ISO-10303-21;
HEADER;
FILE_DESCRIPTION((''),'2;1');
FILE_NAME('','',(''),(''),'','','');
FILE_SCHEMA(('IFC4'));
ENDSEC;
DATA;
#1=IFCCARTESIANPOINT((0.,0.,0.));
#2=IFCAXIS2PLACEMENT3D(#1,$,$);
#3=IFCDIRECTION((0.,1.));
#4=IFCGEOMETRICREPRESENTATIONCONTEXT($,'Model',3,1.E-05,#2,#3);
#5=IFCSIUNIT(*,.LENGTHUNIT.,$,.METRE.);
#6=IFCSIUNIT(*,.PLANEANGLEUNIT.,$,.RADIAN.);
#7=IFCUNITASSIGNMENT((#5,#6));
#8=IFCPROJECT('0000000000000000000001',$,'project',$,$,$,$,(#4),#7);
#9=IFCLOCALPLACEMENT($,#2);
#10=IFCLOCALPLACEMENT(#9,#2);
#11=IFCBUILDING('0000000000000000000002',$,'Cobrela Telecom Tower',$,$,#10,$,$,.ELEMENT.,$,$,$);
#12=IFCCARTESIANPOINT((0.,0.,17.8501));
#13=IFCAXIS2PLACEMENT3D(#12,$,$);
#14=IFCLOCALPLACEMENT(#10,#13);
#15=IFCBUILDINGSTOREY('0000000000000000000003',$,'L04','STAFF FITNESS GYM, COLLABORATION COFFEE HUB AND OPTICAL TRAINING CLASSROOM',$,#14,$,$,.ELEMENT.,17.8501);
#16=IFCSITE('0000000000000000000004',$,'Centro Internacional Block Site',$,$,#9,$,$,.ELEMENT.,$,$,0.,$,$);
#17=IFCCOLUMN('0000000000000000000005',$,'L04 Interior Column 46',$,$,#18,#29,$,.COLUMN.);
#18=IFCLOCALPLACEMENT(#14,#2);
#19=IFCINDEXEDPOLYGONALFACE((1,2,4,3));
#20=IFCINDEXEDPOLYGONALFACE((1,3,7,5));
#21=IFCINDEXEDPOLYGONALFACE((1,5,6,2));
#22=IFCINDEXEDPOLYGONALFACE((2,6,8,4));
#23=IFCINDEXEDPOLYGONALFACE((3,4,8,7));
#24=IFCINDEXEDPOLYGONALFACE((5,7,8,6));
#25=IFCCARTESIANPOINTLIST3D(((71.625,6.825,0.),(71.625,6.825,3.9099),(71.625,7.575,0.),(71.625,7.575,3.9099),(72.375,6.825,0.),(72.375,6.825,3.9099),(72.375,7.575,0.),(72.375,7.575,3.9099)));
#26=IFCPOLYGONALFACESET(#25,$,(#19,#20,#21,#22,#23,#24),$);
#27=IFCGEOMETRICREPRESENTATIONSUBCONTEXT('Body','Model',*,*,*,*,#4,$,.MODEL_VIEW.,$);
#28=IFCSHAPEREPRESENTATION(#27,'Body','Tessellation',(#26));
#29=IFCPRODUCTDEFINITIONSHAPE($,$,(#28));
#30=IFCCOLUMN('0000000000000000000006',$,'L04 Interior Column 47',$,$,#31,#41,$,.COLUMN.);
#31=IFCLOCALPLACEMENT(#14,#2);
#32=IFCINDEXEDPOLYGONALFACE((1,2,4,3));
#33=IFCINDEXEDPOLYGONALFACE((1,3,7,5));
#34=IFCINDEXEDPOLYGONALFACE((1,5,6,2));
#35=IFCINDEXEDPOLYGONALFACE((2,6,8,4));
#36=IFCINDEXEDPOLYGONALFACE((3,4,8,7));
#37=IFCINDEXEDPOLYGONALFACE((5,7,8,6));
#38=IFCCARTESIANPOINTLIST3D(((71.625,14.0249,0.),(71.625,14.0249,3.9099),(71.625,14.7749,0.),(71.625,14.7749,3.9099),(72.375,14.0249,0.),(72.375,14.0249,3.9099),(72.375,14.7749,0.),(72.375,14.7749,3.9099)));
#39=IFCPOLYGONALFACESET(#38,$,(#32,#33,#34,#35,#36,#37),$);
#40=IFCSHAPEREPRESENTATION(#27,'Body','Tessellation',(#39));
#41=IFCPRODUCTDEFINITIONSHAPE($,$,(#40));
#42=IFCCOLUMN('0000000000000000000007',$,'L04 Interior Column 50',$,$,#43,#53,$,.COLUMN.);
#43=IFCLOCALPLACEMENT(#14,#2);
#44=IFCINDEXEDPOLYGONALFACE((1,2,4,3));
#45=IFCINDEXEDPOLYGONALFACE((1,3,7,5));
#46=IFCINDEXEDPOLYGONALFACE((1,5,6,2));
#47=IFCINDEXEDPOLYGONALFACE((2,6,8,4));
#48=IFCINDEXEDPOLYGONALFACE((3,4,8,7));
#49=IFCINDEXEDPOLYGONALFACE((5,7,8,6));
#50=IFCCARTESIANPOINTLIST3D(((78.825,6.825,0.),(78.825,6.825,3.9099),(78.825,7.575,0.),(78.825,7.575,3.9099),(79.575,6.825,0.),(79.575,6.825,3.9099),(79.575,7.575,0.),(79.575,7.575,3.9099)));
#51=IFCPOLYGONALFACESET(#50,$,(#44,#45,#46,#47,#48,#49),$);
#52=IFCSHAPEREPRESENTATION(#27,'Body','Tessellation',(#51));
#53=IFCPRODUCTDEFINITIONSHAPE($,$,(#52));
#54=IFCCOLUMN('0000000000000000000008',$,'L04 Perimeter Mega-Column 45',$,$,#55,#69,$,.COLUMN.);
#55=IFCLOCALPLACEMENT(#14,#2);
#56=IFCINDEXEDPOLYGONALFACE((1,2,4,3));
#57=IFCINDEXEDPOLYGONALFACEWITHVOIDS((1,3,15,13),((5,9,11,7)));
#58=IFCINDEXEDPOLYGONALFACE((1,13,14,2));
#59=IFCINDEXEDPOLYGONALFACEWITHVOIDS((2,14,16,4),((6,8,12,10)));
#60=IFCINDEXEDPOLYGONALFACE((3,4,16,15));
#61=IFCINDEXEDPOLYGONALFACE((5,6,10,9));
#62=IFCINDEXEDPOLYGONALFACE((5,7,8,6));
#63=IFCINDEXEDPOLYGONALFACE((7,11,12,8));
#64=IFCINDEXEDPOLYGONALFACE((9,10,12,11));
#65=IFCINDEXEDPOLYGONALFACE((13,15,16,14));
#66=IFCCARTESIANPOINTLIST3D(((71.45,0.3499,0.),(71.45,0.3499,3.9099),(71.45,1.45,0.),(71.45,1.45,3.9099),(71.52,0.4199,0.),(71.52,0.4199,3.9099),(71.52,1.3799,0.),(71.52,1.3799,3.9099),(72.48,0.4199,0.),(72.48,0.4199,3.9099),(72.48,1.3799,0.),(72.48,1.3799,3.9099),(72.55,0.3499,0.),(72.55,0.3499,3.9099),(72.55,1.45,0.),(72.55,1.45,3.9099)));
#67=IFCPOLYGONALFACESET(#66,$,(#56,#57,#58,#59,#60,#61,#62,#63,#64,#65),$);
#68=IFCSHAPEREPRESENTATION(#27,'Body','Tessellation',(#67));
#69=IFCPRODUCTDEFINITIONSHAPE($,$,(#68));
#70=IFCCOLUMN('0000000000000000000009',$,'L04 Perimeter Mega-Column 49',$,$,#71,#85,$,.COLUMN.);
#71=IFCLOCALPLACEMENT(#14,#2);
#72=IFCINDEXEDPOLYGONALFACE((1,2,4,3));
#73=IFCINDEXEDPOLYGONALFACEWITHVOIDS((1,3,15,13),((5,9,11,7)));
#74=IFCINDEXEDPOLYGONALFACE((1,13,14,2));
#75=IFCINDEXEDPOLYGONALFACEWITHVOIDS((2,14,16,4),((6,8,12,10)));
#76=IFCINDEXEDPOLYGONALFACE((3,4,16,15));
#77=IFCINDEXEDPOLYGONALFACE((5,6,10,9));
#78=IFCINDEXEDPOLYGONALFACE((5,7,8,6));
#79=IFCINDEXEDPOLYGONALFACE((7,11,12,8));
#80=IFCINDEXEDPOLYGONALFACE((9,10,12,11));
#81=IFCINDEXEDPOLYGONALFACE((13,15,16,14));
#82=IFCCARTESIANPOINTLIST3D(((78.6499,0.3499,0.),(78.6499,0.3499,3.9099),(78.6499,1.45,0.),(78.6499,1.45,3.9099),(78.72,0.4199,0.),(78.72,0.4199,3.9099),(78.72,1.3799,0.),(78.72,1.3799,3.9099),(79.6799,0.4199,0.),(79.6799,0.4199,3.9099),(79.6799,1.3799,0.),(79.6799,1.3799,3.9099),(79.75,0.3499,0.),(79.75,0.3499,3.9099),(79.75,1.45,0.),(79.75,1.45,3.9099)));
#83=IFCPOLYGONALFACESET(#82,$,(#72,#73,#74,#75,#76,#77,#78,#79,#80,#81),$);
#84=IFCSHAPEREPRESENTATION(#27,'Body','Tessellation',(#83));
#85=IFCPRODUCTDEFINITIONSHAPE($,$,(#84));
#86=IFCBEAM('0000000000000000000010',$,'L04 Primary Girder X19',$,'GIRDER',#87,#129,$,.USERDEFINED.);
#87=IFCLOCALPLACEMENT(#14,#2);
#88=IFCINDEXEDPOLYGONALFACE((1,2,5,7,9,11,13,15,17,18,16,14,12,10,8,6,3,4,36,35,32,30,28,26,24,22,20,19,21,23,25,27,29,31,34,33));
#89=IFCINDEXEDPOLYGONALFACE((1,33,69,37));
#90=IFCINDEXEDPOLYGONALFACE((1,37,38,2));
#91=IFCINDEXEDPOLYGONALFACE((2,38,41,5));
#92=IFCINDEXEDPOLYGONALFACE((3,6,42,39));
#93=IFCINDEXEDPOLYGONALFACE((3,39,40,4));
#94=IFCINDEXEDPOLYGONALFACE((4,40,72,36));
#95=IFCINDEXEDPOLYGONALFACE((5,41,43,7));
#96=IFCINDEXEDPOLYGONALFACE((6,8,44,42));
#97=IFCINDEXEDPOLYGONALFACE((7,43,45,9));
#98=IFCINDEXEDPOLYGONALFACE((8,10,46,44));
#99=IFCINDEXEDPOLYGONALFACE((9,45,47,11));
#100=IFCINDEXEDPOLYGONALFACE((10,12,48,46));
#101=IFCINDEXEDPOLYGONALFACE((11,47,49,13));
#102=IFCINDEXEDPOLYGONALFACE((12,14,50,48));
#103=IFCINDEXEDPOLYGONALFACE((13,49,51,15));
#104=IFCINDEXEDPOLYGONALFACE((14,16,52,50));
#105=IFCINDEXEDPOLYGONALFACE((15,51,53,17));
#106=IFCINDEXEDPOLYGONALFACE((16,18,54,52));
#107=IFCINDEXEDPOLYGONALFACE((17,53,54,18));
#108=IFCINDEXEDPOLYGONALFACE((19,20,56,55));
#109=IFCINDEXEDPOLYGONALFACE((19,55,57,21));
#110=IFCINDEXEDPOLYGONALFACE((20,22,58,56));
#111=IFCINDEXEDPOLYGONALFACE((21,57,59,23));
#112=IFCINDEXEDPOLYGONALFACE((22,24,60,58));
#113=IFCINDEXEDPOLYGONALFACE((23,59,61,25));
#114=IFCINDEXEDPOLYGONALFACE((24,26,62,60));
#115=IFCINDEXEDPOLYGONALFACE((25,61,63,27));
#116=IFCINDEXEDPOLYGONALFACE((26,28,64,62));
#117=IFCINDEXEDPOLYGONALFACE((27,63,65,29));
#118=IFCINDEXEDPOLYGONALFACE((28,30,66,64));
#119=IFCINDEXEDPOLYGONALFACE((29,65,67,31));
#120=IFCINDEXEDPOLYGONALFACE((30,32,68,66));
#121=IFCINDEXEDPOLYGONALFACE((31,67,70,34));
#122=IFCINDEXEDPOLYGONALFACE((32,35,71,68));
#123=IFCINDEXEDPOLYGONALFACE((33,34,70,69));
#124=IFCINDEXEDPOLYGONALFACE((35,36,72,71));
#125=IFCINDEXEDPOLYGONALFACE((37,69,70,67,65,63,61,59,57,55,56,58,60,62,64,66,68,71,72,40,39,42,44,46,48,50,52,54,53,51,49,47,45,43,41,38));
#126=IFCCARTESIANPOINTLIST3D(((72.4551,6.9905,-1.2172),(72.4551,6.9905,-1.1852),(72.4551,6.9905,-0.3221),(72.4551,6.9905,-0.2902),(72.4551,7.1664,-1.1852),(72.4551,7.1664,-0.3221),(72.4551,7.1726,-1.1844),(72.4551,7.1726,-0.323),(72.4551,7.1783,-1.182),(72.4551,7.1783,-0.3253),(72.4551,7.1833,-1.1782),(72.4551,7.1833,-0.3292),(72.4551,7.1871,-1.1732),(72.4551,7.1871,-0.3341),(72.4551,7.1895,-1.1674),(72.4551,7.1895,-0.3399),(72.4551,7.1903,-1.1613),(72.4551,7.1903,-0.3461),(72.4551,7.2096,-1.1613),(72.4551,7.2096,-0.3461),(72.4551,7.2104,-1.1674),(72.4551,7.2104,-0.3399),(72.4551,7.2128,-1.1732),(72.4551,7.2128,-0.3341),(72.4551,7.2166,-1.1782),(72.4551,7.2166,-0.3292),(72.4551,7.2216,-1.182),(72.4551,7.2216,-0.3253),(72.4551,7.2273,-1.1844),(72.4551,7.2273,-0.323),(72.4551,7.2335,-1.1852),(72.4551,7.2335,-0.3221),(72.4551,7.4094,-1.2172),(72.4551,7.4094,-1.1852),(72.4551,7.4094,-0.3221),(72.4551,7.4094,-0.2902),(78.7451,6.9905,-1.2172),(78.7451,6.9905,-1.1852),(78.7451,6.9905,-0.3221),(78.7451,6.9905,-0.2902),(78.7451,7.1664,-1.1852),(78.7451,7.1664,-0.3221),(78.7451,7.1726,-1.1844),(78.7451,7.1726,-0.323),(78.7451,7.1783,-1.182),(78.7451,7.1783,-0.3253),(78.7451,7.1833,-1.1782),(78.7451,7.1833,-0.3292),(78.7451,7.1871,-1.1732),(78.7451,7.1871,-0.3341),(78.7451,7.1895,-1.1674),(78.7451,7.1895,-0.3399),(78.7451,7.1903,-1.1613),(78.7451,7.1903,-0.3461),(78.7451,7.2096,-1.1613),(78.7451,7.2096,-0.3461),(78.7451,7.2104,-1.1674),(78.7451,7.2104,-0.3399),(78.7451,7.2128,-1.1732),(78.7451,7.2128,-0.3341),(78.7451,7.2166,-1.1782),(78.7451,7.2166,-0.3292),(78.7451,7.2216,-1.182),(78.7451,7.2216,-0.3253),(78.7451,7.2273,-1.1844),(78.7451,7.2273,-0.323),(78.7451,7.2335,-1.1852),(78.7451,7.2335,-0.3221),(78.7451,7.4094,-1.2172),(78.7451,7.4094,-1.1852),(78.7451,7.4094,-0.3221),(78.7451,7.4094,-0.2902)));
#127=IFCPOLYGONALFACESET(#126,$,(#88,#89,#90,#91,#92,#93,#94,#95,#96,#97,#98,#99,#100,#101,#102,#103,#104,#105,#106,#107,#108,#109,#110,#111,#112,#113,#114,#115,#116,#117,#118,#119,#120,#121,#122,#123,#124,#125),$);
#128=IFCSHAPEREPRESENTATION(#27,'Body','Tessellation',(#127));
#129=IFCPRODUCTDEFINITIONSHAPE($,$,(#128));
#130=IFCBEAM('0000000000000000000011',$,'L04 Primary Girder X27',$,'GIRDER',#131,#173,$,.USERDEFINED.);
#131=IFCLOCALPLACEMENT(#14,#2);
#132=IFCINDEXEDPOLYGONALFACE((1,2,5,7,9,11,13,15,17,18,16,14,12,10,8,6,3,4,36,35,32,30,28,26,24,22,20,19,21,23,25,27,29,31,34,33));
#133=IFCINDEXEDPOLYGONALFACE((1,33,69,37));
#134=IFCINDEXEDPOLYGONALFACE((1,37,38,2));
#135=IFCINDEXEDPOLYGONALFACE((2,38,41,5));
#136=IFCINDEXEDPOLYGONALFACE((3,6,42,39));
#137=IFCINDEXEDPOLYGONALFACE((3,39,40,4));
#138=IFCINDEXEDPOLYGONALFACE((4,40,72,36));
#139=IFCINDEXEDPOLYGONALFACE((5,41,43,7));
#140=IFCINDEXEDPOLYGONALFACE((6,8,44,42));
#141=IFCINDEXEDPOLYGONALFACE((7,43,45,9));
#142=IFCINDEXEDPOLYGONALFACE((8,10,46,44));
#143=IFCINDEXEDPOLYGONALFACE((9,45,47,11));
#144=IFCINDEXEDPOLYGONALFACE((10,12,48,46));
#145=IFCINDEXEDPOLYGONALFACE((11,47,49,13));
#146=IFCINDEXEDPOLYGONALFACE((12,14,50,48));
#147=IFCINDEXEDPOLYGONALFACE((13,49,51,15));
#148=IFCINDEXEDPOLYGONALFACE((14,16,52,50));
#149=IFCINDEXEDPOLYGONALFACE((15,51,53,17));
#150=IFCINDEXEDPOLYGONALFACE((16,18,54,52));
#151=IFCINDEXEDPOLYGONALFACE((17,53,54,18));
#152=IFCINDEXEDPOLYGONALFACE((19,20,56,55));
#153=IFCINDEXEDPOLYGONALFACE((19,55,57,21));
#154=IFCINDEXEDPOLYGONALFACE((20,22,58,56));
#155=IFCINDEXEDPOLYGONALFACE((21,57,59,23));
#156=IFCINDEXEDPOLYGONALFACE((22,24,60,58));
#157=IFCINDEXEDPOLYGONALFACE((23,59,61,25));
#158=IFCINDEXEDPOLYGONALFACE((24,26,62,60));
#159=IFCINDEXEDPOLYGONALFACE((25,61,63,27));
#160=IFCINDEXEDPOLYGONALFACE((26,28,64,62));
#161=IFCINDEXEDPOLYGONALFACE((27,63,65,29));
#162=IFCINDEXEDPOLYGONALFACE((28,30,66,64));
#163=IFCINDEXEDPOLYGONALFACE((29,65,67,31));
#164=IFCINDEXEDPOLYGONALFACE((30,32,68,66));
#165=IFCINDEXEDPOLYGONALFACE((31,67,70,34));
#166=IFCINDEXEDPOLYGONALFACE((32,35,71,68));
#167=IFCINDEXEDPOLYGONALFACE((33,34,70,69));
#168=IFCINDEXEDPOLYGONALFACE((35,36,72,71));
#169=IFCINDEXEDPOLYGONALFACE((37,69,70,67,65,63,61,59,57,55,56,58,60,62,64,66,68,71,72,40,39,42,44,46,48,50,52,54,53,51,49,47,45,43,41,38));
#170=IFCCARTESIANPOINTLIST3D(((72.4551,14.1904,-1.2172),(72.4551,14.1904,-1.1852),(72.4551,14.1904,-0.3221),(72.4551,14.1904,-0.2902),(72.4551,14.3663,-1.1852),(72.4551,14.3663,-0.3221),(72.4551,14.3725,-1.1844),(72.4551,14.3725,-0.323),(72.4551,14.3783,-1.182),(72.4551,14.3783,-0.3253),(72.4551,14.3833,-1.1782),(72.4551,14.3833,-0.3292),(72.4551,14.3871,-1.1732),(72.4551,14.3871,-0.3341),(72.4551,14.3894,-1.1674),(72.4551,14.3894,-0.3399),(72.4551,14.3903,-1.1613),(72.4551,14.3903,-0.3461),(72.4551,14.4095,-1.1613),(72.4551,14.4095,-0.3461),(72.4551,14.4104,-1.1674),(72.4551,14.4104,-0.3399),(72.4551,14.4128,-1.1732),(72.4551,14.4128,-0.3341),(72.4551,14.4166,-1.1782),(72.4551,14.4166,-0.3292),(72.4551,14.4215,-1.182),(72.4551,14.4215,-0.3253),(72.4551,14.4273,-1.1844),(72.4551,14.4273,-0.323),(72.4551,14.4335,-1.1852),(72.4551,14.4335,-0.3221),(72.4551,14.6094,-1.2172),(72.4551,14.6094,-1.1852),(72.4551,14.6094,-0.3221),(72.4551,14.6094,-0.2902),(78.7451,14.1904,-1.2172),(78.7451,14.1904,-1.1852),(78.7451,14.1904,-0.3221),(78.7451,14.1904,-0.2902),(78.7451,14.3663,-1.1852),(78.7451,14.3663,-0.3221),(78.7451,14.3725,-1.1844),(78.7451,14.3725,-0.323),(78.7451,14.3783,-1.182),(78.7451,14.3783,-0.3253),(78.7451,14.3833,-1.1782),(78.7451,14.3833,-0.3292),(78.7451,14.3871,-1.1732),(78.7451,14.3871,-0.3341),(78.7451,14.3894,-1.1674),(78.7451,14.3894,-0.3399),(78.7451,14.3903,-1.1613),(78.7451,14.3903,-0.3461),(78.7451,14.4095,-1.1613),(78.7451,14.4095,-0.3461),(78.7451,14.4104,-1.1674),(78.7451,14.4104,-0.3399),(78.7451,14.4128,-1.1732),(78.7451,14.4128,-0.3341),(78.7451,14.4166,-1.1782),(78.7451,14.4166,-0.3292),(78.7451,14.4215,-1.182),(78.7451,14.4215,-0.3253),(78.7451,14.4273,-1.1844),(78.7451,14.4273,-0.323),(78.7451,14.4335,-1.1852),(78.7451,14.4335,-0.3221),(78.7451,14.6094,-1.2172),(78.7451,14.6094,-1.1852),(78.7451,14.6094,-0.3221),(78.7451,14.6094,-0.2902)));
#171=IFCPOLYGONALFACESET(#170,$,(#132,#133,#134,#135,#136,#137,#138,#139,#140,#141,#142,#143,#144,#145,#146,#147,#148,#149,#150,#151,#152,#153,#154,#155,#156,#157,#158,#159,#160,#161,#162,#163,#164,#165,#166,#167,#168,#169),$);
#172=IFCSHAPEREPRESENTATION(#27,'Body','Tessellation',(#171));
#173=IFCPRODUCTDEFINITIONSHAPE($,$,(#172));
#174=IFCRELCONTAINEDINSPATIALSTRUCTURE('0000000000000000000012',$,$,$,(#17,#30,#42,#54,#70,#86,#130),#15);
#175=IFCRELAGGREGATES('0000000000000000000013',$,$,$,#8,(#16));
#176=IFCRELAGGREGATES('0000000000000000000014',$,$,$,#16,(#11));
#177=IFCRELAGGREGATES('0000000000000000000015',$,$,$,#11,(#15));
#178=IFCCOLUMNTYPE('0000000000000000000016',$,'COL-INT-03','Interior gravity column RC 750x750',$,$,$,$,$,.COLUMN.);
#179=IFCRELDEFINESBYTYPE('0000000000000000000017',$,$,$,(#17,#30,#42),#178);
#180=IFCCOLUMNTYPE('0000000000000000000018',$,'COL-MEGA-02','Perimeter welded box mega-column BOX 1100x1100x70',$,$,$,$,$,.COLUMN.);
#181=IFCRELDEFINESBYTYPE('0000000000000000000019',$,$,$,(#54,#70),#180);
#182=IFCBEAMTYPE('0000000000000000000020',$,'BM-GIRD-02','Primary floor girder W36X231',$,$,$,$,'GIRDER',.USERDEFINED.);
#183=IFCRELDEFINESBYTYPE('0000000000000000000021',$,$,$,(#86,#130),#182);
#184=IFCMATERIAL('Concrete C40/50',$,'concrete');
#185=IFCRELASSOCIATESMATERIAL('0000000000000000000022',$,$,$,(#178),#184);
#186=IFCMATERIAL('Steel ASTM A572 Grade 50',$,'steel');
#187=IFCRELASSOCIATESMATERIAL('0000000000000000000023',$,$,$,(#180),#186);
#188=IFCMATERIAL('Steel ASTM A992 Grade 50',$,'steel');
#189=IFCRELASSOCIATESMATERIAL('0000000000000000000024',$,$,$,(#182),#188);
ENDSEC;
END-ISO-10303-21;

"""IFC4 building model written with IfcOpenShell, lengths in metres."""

from ifc_helpers import new_model, si_unit, direction, frame, origin, origin_2d, place, context, subcontext, project, spatial, rectangle, hollow_rectangle, i_section, extrude, material, material_profile, profile_set, type_object, element, save


model = new_model("IFC4")

# Units and contexts
model_context = context("Model", 3, precision=1e-05, world=origin(), true_north=direction((0.0, 1.0)))
body_context = subcontext(model_context, "Body", "Model", "MODEL_VIEW")
ifc_project = project(units=[si_unit("LENGTHUNIT", "METRE"), si_unit("PLANEANGLEUNIT", "RADIAN")], contexts=[model_context])

# Site, building, storey
site_placement = place(None, origin())
site = spatial("IfcSite", under=ifc_project, at=site_placement, Name="Centro Internacional Block Site", CompositionType="ELEMENT", RefElevation=0.0)
building_placement = place(site_placement, origin())
building = spatial("IfcBuilding", under=site, at=building_placement, Name="Cobrela Telecom Tower", CompositionType="ELEMENT")
storey_placement = place(building_placement, frame((0.0, 0.0, 17.8501)))
storey = spatial("IfcBuildingStorey", under=building, at=storey_placement, Name="L04", Description="STAFF FITNESS GYM, COLLABORATION COFFEE HUB AND OPTICAL TRAINING CLASSROOM", CompositionType="ELEMENT", Elevation=17.8501)

# Columns
ifc_material_1 = material(Name="Concrete C40/50", Category="concrete")
ifc_material_profile_1 = material_profile(ifc_material_1, rectangle(XDim=0.75, YDim=0.75, at=origin_2d()), Name="RC 750x750")
ifc_profile_set_1 = profile_set([ifc_material_profile_1], Name="Concrete C40/50")
column_type_1 = type_object("IfcColumnType", Name="COL-INT-03", Description="Interior gravity column RC 750x750", PredefinedType="COLUMN", material=ifc_profile_set_1)
for number, where, z_axis, x_axis, name in (
    (1, (72.0, 7.2, 0.0), (0.0, 0.0, 1.0), (1.0, 0.0, 0.0), "L04 Interior Column 46"),
    (2, (72.0, 14.3999, 0.0), (0.0, 0.0, 1.0), (1.0, 0.0, 0.0), "L04 Interior Column 47"),
    (3, (79.2, 7.2, 0.0), (0.0, 0.0, 1.0), (1.0, 0.0, 0.0), "L04 Interior Column 50"),
):
    element("IfcColumn", number, at=place(storey_placement, frame(where, z_axis=z_axis, x_axis=x_axis)), inside=storey, type_object=column_type_1, Name=name, PredefinedType="COLUMN", context=body_context, shape_type="SweptSolid", body=[
        extrude(rectangle(XDim=0.75, YDim=0.75, at=origin_2d()), origin(), (0.0, 0.0, 1.0), 3.9099),
    ])
ifc_material_2 = material(Name="Steel ASTM A572 Grade 50", Category="steel")
ifc_material_profile_2 = material_profile(ifc_material_2, hollow_rectangle(XDim=1.1001, YDim=1.1001, WallThickness=0.0701, at=origin_2d()), Name="BOX 1100x1100x70")
ifc_profile_set_2 = profile_set([ifc_material_profile_2], Name="Steel ASTM A572 Grade 50")
column_type_2 = type_object("IfcColumnType", Name="COL-MEGA-02", Description="Perimeter welded box mega-column BOX 1100x1100x70", PredefinedType="COLUMN", material=ifc_profile_set_2)
for number, where, z_axis, x_axis, name in (
    (4, (72.0, 0.8999, 0.0), (0.0, 0.0, 1.0), (1.0, 0.0, 0.0), "L04 Perimeter Mega-Column 45"),
    (5, (79.2, 0.8999, 0.0), (0.0, 0.0, 1.0), (1.0, 0.0, 0.0), "L04 Perimeter Mega-Column 49"),
):
    element("IfcColumn", number, at=place(storey_placement, frame(where, z_axis=z_axis, x_axis=x_axis)), inside=storey, type_object=column_type_2, Name=name, PredefinedType="COLUMN", context=body_context, shape_type="SweptSolid", body=[
        extrude(hollow_rectangle(XDim=1.1001, YDim=1.1001, WallThickness=0.0701, at=origin_2d()), origin(), (0.0, 0.0, 1.0), 3.9099),
    ])

# Beams
ifc_material_3 = material(Name="Steel ASTM A992 Grade 50", Category="steel")
ifc_material_profile_3 = material_profile(ifc_material_3, i_section(OverallWidth=0.4189, OverallDepth=0.927, WebThickness=0.0193, FlangeThickness=0.032, FilletRadius=0.0239, at=origin_2d()), Name="W36X231")
ifc_profile_set_3 = profile_set([ifc_material_profile_3], Name="Steel ASTM A992 Grade 50")
beam_type_1 = type_object("IfcBeamType", Name="BM-GIRD-02", Description="Primary floor girder W36X231", ElementType="GIRDER", PredefinedType="USERDEFINED", material=ifc_profile_set_3)
for number, where, z_axis, x_axis, name in (
    (6, (72.4551, 7.2, -0.7537), (1.0, 0.0, 0.0), (0.0, 1.0, 0.0), "L04 Primary Girder X19"),
    (7, (72.4551, 14.3999, -0.7537), (1.0, 0.0, 0.0), (0.0, 1.0, 0.0), "L04 Primary Girder X27"),
):
    element("IfcBeam", number, at=place(storey_placement, frame(where, z_axis=z_axis, x_axis=x_axis)), inside=storey, type_object=beam_type_1, Name=name, ObjectType="GIRDER", PredefinedType="USERDEFINED", context=body_context, shape_type="SweptSolid", body=[
        extrude(i_section(OverallWidth=0.4189, OverallDepth=0.927, WebThickness=0.0193, FlangeThickness=0.032, FilletRadius=0.0239, at=origin_2d()), origin(), (0.0, 0.0, 1.0), 6.29),
    ])

save(model, "model.ifc")
